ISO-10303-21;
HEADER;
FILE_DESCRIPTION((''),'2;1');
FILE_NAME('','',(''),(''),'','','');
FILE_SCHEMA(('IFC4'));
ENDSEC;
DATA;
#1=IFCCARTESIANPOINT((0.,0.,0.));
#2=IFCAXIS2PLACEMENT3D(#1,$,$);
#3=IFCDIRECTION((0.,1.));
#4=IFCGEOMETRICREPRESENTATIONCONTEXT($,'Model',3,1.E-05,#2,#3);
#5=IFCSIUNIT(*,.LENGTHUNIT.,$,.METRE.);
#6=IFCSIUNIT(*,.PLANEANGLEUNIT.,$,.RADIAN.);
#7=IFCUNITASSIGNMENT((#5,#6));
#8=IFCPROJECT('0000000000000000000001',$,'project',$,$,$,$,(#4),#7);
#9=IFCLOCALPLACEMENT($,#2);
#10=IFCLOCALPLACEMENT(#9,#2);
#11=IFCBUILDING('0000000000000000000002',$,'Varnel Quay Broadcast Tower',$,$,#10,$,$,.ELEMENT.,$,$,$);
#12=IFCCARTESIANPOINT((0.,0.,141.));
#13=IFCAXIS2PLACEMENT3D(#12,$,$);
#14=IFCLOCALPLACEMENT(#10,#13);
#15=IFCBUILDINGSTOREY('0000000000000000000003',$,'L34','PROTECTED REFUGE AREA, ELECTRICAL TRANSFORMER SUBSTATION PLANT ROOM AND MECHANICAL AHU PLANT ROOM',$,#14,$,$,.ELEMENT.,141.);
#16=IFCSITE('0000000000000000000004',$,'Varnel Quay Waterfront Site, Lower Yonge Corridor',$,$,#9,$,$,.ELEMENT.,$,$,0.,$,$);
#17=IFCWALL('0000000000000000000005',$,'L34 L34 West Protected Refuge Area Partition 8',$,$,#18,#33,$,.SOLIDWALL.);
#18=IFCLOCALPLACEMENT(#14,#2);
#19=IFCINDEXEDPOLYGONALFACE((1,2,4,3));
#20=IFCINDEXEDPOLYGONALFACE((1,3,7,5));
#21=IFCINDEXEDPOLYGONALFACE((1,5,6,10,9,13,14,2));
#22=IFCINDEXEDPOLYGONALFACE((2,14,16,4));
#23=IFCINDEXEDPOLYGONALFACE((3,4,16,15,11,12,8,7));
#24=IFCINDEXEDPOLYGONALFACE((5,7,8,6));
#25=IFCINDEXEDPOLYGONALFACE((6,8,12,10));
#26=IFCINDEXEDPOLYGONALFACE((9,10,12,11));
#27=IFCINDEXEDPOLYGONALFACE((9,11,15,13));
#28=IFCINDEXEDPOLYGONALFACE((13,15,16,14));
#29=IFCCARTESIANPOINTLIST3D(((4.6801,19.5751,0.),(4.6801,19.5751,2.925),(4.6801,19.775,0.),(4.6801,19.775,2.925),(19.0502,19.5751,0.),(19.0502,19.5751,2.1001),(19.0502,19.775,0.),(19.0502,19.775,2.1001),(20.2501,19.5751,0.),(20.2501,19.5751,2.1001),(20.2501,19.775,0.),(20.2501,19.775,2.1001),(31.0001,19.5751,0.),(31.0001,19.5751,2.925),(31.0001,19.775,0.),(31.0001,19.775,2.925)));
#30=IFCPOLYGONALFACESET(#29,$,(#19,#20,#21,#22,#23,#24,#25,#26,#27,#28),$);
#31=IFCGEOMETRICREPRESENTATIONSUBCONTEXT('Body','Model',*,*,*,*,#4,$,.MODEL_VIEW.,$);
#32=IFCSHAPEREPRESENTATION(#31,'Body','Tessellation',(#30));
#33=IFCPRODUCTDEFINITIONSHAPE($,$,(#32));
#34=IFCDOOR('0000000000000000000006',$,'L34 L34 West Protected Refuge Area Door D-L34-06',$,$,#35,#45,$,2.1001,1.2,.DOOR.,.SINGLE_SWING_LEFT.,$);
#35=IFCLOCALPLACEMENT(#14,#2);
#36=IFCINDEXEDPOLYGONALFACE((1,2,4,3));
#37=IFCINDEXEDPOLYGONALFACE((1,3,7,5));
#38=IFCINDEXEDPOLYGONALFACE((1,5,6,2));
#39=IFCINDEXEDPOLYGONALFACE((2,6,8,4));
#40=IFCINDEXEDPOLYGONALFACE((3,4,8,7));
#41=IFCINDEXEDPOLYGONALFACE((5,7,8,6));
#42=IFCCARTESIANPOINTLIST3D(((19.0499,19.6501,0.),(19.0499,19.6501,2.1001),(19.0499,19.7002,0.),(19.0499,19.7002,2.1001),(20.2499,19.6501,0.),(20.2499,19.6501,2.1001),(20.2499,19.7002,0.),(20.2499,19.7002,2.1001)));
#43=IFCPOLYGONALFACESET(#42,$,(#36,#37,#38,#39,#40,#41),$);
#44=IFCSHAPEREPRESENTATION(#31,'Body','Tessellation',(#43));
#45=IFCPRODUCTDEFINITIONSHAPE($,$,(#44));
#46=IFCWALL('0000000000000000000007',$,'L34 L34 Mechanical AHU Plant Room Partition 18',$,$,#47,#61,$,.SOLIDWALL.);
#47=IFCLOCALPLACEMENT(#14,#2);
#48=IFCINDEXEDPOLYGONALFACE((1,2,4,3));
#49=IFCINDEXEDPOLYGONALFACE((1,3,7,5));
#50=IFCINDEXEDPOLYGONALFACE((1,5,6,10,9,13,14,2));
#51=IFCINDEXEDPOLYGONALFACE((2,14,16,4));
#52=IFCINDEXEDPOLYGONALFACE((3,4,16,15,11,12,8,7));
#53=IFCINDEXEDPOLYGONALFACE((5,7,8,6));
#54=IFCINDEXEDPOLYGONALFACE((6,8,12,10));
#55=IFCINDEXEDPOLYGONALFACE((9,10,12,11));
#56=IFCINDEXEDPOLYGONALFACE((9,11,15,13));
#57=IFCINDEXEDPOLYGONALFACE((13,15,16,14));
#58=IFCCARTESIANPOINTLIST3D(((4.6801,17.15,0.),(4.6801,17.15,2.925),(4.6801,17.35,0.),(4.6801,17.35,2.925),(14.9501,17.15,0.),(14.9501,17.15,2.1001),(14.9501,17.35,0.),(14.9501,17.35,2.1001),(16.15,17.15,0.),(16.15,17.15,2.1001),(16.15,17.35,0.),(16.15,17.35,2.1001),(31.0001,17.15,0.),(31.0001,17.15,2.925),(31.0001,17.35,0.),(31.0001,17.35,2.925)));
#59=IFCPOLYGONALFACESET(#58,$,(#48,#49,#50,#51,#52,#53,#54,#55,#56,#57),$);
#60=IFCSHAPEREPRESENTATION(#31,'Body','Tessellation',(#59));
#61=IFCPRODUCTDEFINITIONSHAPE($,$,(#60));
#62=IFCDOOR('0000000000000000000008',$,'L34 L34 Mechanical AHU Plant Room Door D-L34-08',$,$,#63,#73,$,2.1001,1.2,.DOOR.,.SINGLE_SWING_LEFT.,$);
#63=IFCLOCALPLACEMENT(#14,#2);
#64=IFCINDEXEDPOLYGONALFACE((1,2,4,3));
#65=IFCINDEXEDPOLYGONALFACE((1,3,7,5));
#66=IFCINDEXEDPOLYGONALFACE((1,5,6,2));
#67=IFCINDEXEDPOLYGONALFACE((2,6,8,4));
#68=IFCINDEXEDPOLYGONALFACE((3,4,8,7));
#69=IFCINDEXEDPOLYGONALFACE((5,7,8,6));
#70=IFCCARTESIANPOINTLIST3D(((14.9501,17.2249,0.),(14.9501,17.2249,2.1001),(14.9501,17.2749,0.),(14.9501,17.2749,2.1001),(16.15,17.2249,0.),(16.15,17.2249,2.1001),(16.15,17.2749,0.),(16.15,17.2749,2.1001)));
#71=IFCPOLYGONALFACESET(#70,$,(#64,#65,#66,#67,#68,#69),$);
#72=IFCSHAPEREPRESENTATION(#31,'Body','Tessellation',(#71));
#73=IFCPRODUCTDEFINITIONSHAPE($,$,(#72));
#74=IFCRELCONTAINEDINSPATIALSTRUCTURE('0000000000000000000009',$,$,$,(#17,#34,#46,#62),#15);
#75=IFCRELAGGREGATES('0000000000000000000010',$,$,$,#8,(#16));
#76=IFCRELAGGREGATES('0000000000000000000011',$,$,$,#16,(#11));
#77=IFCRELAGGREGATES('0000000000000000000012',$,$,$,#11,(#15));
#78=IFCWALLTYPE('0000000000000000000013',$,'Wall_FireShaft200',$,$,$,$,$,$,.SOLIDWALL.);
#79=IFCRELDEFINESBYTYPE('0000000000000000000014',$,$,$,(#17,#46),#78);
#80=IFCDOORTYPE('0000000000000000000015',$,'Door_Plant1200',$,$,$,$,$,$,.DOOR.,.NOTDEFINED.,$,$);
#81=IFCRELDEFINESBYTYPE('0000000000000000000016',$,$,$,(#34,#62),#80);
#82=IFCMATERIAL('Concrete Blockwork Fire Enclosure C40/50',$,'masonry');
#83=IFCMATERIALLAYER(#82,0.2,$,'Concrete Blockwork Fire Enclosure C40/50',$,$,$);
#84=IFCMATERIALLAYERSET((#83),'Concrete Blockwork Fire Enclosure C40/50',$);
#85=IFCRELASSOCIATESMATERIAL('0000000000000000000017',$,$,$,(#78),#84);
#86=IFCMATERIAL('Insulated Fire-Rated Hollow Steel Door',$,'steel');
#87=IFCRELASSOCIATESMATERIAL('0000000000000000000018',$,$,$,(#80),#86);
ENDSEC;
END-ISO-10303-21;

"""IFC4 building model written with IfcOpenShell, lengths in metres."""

from ifc_helpers import new_model, si_unit, direction, frame, frame_2d, origin, place, context, subcontext, project, spatial, rectangle, extrude, source, transform, mapped, material, layer, layer_set, type_object, type_shapes, element, fill, save


model = new_model("IFC4")

# Units and contexts
model_context = context("Model", 3, precision=1e-05, world=origin(), true_north=direction((0.0, 1.0)))
body_context = subcontext(model_context, "Body", "Model", "MODEL_VIEW")
ifc_project = project(units=[si_unit("LENGTHUNIT", "METRE"), si_unit("PLANEANGLEUNIT", "RADIAN")], contexts=[model_context])

# Site, building, storey
site_placement = place(None, origin())
site = spatial("IfcSite", under=ifc_project, at=site_placement, Name="Varnel Quay Waterfront Site, Lower Yonge Corridor", CompositionType="ELEMENT", RefElevation=0.0)
building_placement = place(site_placement, origin())
building = spatial("IfcBuilding", under=site, at=building_placement, Name="Varnel Quay Broadcast Tower", CompositionType="ELEMENT")
storey_placement = place(building_placement, frame((0.0, 0.0, 141.0)))
storey = spatial("IfcBuildingStorey", under=building, at=storey_placement, Name="L34", Description="PROTECTED REFUGE AREA, ELECTRICAL TRANSFORMER SUBSTATION PLANT ROOM AND MECHANICAL AHU PLANT ROOM", CompositionType="ELEMENT", Elevation=141.0)

# Walls, openings, doors
ifc_material_1 = material(Name="Concrete Blockwork Fire Enclosure C40/50", Category="masonry")
ifc_layer_1 = layer(ifc_material_1, 0.2, Name="Concrete Blockwork Fire Enclosure C40/50")
ifc_layer_set_1 = layer_set([ifc_layer_1], Name="Concrete Blockwork Fire Enclosure C40/50")
wall_type = type_object("IfcWallType", Name="Wall_FireShaft200", PredefinedType="SOLIDWALL", material=ifc_layer_set_1)
wall_1_placement = place(storey_placement, frame((4.6799, 19.675, 0.0), z_axis=(0.0, 0.0, 1.0), x_axis=(1.0, 0.0, 0.0)))
wall_1 = element("IfcWall", 1, at=wall_1_placement, inside=storey, type_object=wall_type, Name="L34 L34 West Protected Refuge Area Partition 8", PredefinedType="SOLIDWALL", context=body_context, shape_type="SweptSolid", body=[
    extrude(rectangle(XDim=26.3201, YDim=0.2, at=frame_2d((13.1602, 0.0))), origin(), (0.0, 0.0, 1.0), 2.925),
])
opening_1_placement = place(wall_1_placement, frame((14.3701, 0.0, 0.0)))
opening_1 = element("IfcOpeningElement", 2, at=opening_1_placement, cuts=wall_1, PredefinedType="OPENING", context=body_context, shape_type="SweptSolid", body=[
    extrude(rectangle(XDim=1.2, YDim=2.1001, at=frame_2d((0.6001, 1.05))), frame((0.0, 0.1099, 0.0), z_axis=(0.0, -1.0, 0.0), x_axis=(1.0, 0.0, 0.0)), (0.0, 0.0, 1.0), 0.22),
])
ifc_material_2 = material(Name="Insulated Fire-Rated Hollow Steel Door", Category="steel")
door_type = type_object("IfcDoorType", Name="Door_Plant1200", OperationType="NOTDEFINED", PredefinedType="DOOR", material=ifc_material_2)
shared_shape_1 = source(origin(), body_context, "Body", "SweptSolid", [
    extrude(rectangle(XDim=1.2, YDim=2.1001, at=frame_2d((0.6001, 1.05))), frame((0.0, 0.0249, 0.0), z_axis=(0.0, -1.0, 0.0), x_axis=(1.0, 0.0, 0.0)), (0.0, 0.0, 1.0), 0.05),
])
type_shapes(door_type, [shared_shape_1])
door_1_placement = place(opening_1_placement, frame((1.2, 0.0, 0.0), z_axis=(0.0, 0.0, 1.0), x_axis=(-1.0, 0.0, 0.0)))
door_1 = element("IfcDoor", 3, at=door_1_placement, inside=storey, type_object=door_type, Name="L34 L34 West Protected Refuge Area Door D-L34-06", OperationType="SINGLE_SWING_LEFT", OverallHeight=2.1001, OverallWidth=1.2, PredefinedType="DOOR", context=body_context, shape_type="MappedRepresentation", body=[
    mapped(shared_shape_1, transform((0.0, 0.0, 0.0), x_axis=(1.0, 0.0, 0.0), y_axis=(0.0, 1.0, 0.0), z_axis=(0.0, 0.0, 1.0), scale=1.0)),
])
fill(opening_1, door_1)
wall_2_placement = place(storey_placement, frame((4.6799, 17.25, 0.0), z_axis=(0.0, 0.0, 1.0), x_axis=(1.0, 0.0, 0.0)))
wall_2 = element("IfcWall", 4, at=wall_2_placement, inside=storey, type_object=wall_type, Name="L34 L34 Mechanical AHU Plant Room Partition 18", PredefinedType="SOLIDWALL", context=body_context, shape_type="SweptSolid", body=[
    extrude(rectangle(XDim=26.3201, YDim=0.2, at=frame_2d((13.1602, 0.0))), origin(), (0.0, 0.0, 1.0), 2.925),
])
opening_2_placement = place(wall_2_placement, frame((10.27, 0.0, 0.0)))
opening_2 = element("IfcOpeningElement", 5, at=opening_2_placement, cuts=wall_2, PredefinedType="OPENING", context=body_context, shape_type="SweptSolid", body=[
    extrude(rectangle(XDim=1.2, YDim=2.1001, at=frame_2d((0.6001, 1.05))), frame((0.0, 0.1099, 0.0), z_axis=(0.0, -1.0, 0.0), x_axis=(1.0, 0.0, 0.0)), (0.0, 0.0, 1.0), 0.22),
])
door_2_placement = place(opening_2_placement, origin())
door_2 = element("IfcDoor", 6, at=door_2_placement, inside=storey, type_object=door_type, Name="L34 L34 Mechanical AHU Plant Room Door D-L34-08", OperationType="SINGLE_SWING_LEFT", OverallHeight=2.1001, OverallWidth=1.2, PredefinedType="DOOR", context=body_context, shape_type="MappedRepresentation", body=[
    mapped(shared_shape_1, transform((0.0, 0.0, 0.0), x_axis=(1.0, 0.0, 0.0), y_axis=(0.0, 1.0, 0.0), z_axis=(0.0, 0.0, 1.0), scale=1.0)),
])
fill(opening_2, door_2)

save(model, "model.ifc")
